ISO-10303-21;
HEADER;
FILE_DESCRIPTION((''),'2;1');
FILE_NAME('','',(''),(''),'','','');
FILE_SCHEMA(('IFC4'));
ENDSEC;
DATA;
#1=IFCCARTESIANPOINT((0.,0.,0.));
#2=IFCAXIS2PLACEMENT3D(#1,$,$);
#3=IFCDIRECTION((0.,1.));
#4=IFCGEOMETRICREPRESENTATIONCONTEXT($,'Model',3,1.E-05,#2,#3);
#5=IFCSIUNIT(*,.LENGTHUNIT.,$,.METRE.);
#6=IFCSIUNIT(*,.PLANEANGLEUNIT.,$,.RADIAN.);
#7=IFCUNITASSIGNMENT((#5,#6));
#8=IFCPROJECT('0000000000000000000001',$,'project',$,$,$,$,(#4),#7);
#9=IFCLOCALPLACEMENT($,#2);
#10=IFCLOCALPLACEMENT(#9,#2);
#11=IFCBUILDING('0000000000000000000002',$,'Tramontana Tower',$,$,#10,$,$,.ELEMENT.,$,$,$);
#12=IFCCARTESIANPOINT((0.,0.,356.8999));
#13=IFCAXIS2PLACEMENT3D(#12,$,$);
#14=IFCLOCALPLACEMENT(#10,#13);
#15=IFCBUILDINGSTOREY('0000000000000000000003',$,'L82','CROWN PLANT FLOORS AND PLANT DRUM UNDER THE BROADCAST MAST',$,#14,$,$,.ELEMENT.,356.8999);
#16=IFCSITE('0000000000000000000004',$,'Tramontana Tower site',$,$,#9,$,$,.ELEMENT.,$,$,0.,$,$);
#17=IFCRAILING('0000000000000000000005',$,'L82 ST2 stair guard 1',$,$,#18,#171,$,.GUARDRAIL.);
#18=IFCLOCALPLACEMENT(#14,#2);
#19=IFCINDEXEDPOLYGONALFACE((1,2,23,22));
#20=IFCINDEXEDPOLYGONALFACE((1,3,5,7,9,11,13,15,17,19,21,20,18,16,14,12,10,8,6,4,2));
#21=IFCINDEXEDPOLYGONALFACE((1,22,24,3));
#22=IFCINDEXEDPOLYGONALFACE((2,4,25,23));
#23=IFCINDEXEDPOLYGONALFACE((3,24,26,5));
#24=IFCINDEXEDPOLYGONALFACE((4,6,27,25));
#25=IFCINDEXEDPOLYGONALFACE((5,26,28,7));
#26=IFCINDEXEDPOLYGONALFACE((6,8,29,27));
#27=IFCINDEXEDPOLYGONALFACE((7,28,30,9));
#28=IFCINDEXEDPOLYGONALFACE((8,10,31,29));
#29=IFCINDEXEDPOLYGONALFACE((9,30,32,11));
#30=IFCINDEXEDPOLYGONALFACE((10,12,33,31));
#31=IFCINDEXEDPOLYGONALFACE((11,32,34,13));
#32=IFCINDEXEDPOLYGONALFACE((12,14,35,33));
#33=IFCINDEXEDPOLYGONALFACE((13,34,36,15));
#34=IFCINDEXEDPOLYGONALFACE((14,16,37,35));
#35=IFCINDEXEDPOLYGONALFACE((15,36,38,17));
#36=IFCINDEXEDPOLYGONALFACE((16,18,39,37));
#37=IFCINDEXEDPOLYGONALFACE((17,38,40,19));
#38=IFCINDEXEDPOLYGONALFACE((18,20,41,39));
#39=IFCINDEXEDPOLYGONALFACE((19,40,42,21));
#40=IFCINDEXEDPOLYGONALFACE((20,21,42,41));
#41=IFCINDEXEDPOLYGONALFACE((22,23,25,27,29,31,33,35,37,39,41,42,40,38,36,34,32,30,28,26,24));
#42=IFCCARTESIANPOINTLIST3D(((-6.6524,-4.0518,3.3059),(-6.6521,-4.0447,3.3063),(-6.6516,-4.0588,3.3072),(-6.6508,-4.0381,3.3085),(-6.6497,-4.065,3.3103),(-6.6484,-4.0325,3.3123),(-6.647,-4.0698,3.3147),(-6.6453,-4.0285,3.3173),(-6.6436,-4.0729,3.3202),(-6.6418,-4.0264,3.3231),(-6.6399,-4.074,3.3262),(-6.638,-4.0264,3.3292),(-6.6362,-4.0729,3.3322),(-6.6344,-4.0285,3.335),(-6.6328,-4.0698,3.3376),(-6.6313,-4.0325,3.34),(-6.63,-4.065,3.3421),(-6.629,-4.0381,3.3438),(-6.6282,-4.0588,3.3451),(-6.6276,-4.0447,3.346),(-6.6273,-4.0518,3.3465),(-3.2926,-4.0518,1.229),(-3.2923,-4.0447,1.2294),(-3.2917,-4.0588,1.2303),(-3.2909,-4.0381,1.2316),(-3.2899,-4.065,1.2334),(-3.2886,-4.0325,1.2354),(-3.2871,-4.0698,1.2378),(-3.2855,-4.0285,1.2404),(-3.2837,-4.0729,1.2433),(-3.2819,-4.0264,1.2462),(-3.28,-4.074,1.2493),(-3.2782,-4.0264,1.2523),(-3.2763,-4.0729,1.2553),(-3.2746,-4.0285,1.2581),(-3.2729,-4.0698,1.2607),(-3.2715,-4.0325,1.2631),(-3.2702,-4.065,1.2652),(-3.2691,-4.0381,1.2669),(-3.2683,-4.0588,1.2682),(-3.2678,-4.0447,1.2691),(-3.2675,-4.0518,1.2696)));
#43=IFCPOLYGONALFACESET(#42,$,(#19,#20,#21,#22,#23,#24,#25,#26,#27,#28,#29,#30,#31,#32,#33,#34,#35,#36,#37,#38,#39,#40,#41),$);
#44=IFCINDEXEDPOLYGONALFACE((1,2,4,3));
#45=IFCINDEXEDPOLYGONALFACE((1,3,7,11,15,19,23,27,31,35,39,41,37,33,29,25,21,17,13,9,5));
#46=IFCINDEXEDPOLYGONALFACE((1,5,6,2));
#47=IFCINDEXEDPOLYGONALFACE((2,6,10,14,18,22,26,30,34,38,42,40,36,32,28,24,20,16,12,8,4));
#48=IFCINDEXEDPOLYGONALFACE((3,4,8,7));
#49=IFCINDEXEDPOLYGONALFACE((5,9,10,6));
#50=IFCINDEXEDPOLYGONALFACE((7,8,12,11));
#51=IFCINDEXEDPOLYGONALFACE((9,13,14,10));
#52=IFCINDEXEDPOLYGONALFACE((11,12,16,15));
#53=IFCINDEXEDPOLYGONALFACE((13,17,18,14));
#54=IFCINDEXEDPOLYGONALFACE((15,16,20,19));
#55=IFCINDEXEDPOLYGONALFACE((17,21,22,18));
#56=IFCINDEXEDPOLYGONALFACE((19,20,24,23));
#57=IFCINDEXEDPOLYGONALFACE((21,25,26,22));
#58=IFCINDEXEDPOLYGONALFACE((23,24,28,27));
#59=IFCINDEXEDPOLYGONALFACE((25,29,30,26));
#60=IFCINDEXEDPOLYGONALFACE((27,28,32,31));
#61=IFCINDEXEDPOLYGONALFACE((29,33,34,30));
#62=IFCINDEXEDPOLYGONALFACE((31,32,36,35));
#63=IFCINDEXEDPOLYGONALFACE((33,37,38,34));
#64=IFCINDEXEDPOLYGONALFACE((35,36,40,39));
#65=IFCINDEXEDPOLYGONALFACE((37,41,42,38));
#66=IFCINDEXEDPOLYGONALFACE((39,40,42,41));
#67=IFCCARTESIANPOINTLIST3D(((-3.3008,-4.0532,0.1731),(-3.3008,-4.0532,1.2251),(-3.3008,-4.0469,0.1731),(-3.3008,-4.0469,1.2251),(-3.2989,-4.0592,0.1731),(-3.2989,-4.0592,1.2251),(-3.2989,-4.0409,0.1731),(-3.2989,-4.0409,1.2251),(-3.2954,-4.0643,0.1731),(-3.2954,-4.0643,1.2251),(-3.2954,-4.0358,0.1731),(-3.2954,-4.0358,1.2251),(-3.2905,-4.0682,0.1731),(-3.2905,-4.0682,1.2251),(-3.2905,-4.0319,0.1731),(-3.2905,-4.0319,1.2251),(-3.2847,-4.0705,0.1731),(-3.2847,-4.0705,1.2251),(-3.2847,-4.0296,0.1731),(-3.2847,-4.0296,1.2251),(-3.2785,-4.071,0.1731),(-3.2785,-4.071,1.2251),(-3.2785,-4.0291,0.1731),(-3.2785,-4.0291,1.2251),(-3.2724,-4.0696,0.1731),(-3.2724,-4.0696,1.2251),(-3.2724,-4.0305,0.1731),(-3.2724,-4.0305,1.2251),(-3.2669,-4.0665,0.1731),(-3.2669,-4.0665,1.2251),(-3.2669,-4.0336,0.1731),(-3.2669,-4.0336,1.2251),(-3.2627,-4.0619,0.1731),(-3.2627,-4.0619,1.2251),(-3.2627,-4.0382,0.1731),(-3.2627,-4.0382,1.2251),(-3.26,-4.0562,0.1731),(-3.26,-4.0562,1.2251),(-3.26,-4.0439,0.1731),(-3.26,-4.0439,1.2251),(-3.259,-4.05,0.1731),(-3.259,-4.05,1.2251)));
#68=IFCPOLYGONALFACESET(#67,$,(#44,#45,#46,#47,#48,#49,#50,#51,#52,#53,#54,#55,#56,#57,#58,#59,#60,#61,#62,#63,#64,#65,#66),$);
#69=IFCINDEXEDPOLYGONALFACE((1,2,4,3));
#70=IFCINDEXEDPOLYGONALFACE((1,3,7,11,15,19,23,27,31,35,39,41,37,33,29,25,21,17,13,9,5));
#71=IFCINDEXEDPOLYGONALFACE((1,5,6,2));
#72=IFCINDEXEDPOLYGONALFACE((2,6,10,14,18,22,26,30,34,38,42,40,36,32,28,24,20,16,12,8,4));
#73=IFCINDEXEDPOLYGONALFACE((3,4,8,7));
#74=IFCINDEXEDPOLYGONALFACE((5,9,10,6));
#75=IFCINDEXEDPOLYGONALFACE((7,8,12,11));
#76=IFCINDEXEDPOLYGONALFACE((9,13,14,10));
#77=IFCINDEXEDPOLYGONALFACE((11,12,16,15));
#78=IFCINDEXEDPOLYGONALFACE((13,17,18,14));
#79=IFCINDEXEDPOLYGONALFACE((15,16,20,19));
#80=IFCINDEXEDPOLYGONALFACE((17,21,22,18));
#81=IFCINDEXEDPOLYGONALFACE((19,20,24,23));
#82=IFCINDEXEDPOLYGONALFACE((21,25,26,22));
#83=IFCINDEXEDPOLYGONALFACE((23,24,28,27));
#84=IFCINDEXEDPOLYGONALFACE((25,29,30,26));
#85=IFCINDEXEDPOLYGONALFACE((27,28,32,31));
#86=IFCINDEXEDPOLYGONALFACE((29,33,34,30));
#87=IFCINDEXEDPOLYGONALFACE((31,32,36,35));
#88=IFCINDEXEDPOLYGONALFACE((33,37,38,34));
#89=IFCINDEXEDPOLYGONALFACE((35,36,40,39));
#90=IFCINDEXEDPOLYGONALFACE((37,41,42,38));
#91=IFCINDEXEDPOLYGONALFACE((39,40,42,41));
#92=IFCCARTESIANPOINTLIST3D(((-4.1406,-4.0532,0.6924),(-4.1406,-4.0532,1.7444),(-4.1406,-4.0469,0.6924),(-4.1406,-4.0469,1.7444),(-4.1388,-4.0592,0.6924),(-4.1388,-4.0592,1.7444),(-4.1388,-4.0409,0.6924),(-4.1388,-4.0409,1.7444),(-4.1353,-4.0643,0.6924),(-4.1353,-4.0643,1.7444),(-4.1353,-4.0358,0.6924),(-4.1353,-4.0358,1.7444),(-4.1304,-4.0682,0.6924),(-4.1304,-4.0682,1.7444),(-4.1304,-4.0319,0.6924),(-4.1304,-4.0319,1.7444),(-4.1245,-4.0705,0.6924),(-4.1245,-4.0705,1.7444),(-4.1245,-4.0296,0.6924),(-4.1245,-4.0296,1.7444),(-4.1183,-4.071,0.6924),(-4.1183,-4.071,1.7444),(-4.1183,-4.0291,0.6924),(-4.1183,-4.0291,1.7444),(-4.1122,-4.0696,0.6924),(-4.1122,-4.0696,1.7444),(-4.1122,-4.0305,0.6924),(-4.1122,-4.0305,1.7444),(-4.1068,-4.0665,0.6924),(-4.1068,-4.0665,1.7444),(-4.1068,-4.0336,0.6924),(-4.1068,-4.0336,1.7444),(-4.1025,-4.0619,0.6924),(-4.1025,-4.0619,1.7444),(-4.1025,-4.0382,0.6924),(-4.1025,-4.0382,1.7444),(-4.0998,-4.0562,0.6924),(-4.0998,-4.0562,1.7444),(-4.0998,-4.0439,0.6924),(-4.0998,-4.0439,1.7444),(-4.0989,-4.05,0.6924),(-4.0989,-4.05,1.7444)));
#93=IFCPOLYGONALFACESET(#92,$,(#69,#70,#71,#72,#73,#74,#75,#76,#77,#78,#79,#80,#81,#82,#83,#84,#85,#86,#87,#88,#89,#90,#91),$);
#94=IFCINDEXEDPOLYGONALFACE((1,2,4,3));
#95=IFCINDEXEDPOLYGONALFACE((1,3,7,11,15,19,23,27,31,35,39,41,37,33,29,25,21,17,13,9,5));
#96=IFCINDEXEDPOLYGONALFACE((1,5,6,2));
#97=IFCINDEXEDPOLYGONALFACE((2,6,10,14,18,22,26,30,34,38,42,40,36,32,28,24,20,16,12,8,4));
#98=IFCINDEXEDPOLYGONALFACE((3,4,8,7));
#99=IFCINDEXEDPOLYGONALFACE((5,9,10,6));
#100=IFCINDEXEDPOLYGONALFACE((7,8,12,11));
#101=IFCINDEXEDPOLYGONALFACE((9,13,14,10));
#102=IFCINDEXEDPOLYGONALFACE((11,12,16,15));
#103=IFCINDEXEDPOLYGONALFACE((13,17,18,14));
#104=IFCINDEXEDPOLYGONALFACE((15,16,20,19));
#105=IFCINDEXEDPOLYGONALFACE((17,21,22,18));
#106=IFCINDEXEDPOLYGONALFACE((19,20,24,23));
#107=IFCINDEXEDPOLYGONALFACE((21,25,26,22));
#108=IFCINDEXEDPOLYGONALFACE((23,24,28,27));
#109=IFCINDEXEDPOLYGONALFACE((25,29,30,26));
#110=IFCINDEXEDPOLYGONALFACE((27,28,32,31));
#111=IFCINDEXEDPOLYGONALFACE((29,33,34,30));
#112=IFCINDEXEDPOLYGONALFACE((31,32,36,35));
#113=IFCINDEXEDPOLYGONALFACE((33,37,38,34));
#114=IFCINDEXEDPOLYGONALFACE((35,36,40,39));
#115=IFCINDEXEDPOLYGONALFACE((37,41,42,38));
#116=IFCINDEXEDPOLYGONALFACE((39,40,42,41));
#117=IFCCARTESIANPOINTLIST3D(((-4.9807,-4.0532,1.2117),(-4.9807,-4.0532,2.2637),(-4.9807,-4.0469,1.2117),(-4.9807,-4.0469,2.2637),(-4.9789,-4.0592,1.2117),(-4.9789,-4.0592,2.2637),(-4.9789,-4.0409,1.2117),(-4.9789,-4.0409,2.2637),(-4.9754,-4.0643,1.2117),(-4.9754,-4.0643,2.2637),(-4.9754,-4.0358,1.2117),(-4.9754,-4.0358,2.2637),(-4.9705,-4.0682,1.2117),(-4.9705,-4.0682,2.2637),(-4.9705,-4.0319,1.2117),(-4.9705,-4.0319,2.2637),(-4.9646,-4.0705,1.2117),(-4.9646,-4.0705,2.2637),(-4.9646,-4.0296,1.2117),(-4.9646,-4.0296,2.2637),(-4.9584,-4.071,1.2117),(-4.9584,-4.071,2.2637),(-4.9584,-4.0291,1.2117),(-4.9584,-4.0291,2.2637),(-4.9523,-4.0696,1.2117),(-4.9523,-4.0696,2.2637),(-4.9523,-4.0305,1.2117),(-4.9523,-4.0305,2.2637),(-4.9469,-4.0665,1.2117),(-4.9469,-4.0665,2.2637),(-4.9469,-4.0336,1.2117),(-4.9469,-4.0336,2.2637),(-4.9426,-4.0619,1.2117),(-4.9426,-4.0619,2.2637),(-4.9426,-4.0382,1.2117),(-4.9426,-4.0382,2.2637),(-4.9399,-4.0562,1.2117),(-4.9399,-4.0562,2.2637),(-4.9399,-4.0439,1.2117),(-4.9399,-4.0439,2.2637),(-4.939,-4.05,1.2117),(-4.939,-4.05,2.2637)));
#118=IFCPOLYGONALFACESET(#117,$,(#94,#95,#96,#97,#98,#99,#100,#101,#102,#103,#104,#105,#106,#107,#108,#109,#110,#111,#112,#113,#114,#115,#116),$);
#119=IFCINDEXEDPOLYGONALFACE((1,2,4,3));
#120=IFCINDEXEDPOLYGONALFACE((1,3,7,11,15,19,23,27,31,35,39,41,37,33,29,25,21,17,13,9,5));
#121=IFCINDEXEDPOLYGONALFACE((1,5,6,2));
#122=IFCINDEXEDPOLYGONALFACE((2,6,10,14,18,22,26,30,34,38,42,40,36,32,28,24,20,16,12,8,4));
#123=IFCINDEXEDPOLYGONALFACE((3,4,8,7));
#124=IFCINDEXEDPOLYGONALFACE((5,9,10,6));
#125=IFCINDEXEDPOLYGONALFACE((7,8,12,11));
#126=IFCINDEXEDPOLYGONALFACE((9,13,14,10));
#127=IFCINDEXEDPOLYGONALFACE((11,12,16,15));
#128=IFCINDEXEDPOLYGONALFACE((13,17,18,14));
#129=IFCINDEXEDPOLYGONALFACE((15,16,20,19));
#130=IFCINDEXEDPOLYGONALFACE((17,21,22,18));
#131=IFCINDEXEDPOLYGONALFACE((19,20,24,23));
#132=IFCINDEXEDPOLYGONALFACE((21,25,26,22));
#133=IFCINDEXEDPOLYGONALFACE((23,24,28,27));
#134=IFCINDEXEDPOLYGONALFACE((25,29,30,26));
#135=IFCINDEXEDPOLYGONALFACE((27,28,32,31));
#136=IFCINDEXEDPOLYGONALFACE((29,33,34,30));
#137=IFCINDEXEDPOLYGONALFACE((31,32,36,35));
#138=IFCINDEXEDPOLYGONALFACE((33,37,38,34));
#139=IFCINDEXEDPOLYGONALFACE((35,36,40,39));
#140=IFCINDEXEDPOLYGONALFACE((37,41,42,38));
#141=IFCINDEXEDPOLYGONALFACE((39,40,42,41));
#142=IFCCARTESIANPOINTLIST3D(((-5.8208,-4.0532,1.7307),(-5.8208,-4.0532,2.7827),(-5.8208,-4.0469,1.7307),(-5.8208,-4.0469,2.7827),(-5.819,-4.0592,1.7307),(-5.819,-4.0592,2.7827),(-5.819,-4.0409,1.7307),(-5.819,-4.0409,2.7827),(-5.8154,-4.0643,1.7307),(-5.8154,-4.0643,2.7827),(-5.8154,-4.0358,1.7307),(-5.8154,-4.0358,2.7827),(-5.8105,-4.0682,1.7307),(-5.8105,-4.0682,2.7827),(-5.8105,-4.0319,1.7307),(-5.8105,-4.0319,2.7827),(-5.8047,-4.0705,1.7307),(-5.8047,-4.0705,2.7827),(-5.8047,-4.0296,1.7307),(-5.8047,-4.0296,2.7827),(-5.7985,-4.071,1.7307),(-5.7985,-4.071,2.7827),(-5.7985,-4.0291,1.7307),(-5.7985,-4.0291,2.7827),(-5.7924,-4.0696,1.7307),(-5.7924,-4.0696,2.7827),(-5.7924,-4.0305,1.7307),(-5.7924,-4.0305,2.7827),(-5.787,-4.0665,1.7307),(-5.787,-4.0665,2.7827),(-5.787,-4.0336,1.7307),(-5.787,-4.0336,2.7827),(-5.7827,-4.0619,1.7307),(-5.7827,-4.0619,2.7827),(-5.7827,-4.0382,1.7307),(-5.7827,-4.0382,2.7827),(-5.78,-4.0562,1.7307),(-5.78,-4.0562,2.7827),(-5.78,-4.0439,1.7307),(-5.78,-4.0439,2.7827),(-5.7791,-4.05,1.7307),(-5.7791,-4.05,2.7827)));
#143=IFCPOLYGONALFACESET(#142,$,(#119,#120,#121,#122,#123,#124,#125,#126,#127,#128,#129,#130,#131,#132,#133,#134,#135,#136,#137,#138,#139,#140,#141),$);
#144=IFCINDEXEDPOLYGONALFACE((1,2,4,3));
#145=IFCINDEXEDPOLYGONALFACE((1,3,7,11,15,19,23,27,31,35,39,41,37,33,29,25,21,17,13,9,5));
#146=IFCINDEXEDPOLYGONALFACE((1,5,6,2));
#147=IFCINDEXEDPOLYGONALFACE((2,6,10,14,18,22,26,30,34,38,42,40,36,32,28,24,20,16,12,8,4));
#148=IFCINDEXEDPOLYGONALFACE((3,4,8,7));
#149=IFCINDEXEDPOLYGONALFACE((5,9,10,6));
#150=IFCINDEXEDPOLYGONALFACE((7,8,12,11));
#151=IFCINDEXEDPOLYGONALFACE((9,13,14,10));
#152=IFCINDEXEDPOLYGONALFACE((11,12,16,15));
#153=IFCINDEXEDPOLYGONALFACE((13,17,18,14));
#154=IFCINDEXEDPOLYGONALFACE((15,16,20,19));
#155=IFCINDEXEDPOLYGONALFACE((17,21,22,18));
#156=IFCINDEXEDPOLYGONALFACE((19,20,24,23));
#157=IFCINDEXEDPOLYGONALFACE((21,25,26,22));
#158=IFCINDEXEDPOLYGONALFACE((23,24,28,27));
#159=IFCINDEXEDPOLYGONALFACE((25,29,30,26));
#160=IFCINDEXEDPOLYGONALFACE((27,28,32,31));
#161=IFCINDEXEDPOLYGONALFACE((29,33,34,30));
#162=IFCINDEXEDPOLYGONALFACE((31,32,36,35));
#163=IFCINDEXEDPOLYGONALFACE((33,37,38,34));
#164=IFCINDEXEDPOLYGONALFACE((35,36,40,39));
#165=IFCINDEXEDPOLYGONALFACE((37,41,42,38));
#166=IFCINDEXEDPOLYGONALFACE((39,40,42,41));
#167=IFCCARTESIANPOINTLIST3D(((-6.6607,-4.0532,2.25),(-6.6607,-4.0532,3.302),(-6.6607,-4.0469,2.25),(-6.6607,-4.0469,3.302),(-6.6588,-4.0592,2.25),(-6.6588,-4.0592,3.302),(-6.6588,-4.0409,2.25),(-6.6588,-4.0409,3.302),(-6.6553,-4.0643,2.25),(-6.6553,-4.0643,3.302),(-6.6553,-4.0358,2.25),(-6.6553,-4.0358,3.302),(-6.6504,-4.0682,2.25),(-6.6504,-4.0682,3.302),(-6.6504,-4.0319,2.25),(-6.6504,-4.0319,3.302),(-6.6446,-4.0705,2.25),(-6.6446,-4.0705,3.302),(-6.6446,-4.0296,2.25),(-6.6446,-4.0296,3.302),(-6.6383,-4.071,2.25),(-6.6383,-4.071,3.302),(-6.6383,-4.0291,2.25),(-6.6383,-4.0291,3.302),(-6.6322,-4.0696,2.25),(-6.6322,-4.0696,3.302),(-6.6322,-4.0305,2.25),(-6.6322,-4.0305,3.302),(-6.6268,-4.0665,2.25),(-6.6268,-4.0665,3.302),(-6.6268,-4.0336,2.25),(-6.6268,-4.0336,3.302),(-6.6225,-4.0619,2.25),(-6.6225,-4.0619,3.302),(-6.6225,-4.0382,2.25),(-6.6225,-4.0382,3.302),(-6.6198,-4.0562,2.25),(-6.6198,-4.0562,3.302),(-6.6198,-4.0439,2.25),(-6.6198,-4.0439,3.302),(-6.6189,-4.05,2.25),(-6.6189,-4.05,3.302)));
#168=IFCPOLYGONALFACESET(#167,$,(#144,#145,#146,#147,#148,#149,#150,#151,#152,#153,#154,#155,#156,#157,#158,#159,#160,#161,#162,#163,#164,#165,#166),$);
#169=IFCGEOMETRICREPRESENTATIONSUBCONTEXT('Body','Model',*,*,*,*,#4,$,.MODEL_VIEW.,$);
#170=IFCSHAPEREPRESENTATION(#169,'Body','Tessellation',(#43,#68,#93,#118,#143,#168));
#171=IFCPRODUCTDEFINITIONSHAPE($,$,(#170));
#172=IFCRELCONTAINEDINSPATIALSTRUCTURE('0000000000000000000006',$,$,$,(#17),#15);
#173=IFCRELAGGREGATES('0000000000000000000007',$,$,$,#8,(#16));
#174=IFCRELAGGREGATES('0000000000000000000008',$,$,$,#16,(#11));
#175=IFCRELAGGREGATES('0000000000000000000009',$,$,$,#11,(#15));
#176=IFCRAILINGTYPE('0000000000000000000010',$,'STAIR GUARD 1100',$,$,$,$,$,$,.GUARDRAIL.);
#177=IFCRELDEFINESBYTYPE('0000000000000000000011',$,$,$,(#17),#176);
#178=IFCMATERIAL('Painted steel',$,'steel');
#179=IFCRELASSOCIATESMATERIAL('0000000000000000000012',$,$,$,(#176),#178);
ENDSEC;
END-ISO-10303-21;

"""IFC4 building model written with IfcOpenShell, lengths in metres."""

from ifc_helpers import new_model, si_unit, direction, frame, origin, origin_2d, place, context, subcontext, project, spatial, circle, extrude, material, type_object, element, save


model = new_model("IFC4")

# Units and contexts
model_context = context("Model", 3, precision=1e-05, world=origin(), true_north=direction((0.0, 1.0)))
body_context = subcontext(model_context, "Body", "Model", "MODEL_VIEW")
ifc_project = project(units=[si_unit("LENGTHUNIT", "METRE"), si_unit("PLANEANGLEUNIT", "RADIAN")], contexts=[model_context])

# Site, building, storey
site_placement = place(None, origin())
site = spatial("IfcSite", under=ifc_project, at=site_placement, Name="Tramontana Tower site", CompositionType="ELEMENT", RefElevation=0.0)
building_placement = place(site_placement, origin())
building = spatial("IfcBuilding", under=site, at=building_placement, Name="Tramontana Tower", CompositionType="ELEMENT")
storey_placement = place(building_placement, frame((0.0, 0.0, 356.8999)))
storey = spatial("IfcBuildingStorey", under=building, at=storey_placement, Name="L82", Description="CROWN PLANT FLOORS AND PLANT DRUM UNDER THE BROADCAST MAST", CompositionType="ELEMENT", Elevation=356.8999)

# Railing
ifc_material_1 = material(Name="Painted steel", Category="steel")
railing_type_1 = type_object("IfcRailingType", Name="STAIR GUARD 1100", PredefinedType="GUARDRAIL", material=ifc_material_1)
railing_1_placement = place(storey_placement, frame((-3.28, -4.05, 0.1731)))
element("IfcRailing", 1, at=railing_1_placement, inside=storey, type_object=railing_type_1, Name="L82 ST2 stair guard 1", PredefinedType="GUARDRAIL", context=body_context, shape_type="SweptSolid", body=[
    extrude(circle(Radius=0.0239, at=origin_2d()), frame((0.0, 0.0, 1.0762), z_axis=(-0.850606, 0.0, 0.525803), x_axis=(0.0, -1.0, 0.0)), (0.0, 0.0, 1.0), 3.95),
    extrude(circle(Radius=0.021, at=origin_2d()), origin(), (0.0, 0.0, 1.0), 1.052),
    extrude(circle(Radius=0.021, at=origin_2d()), frame((-0.8398, 0.0, 0.5193)), (0.0, 0.0, 1.0), 1.052),
    extrude(circle(Radius=0.021, at=origin_2d()), frame((-1.6799, 0.0, 1.0386)), (0.0, 0.0, 1.0), 1.052),
    extrude(circle(Radius=0.021, at=origin_2d()), frame((-2.52, 0.0, 1.5576)), (0.0, 0.0, 1.0), 1.052),
    extrude(circle(Radius=0.021, at=origin_2d()), frame((-3.3599, 0.0, 2.0769)), (0.0, 0.0, 1.0), 1.052),
])

save(model, "model.ifc")
